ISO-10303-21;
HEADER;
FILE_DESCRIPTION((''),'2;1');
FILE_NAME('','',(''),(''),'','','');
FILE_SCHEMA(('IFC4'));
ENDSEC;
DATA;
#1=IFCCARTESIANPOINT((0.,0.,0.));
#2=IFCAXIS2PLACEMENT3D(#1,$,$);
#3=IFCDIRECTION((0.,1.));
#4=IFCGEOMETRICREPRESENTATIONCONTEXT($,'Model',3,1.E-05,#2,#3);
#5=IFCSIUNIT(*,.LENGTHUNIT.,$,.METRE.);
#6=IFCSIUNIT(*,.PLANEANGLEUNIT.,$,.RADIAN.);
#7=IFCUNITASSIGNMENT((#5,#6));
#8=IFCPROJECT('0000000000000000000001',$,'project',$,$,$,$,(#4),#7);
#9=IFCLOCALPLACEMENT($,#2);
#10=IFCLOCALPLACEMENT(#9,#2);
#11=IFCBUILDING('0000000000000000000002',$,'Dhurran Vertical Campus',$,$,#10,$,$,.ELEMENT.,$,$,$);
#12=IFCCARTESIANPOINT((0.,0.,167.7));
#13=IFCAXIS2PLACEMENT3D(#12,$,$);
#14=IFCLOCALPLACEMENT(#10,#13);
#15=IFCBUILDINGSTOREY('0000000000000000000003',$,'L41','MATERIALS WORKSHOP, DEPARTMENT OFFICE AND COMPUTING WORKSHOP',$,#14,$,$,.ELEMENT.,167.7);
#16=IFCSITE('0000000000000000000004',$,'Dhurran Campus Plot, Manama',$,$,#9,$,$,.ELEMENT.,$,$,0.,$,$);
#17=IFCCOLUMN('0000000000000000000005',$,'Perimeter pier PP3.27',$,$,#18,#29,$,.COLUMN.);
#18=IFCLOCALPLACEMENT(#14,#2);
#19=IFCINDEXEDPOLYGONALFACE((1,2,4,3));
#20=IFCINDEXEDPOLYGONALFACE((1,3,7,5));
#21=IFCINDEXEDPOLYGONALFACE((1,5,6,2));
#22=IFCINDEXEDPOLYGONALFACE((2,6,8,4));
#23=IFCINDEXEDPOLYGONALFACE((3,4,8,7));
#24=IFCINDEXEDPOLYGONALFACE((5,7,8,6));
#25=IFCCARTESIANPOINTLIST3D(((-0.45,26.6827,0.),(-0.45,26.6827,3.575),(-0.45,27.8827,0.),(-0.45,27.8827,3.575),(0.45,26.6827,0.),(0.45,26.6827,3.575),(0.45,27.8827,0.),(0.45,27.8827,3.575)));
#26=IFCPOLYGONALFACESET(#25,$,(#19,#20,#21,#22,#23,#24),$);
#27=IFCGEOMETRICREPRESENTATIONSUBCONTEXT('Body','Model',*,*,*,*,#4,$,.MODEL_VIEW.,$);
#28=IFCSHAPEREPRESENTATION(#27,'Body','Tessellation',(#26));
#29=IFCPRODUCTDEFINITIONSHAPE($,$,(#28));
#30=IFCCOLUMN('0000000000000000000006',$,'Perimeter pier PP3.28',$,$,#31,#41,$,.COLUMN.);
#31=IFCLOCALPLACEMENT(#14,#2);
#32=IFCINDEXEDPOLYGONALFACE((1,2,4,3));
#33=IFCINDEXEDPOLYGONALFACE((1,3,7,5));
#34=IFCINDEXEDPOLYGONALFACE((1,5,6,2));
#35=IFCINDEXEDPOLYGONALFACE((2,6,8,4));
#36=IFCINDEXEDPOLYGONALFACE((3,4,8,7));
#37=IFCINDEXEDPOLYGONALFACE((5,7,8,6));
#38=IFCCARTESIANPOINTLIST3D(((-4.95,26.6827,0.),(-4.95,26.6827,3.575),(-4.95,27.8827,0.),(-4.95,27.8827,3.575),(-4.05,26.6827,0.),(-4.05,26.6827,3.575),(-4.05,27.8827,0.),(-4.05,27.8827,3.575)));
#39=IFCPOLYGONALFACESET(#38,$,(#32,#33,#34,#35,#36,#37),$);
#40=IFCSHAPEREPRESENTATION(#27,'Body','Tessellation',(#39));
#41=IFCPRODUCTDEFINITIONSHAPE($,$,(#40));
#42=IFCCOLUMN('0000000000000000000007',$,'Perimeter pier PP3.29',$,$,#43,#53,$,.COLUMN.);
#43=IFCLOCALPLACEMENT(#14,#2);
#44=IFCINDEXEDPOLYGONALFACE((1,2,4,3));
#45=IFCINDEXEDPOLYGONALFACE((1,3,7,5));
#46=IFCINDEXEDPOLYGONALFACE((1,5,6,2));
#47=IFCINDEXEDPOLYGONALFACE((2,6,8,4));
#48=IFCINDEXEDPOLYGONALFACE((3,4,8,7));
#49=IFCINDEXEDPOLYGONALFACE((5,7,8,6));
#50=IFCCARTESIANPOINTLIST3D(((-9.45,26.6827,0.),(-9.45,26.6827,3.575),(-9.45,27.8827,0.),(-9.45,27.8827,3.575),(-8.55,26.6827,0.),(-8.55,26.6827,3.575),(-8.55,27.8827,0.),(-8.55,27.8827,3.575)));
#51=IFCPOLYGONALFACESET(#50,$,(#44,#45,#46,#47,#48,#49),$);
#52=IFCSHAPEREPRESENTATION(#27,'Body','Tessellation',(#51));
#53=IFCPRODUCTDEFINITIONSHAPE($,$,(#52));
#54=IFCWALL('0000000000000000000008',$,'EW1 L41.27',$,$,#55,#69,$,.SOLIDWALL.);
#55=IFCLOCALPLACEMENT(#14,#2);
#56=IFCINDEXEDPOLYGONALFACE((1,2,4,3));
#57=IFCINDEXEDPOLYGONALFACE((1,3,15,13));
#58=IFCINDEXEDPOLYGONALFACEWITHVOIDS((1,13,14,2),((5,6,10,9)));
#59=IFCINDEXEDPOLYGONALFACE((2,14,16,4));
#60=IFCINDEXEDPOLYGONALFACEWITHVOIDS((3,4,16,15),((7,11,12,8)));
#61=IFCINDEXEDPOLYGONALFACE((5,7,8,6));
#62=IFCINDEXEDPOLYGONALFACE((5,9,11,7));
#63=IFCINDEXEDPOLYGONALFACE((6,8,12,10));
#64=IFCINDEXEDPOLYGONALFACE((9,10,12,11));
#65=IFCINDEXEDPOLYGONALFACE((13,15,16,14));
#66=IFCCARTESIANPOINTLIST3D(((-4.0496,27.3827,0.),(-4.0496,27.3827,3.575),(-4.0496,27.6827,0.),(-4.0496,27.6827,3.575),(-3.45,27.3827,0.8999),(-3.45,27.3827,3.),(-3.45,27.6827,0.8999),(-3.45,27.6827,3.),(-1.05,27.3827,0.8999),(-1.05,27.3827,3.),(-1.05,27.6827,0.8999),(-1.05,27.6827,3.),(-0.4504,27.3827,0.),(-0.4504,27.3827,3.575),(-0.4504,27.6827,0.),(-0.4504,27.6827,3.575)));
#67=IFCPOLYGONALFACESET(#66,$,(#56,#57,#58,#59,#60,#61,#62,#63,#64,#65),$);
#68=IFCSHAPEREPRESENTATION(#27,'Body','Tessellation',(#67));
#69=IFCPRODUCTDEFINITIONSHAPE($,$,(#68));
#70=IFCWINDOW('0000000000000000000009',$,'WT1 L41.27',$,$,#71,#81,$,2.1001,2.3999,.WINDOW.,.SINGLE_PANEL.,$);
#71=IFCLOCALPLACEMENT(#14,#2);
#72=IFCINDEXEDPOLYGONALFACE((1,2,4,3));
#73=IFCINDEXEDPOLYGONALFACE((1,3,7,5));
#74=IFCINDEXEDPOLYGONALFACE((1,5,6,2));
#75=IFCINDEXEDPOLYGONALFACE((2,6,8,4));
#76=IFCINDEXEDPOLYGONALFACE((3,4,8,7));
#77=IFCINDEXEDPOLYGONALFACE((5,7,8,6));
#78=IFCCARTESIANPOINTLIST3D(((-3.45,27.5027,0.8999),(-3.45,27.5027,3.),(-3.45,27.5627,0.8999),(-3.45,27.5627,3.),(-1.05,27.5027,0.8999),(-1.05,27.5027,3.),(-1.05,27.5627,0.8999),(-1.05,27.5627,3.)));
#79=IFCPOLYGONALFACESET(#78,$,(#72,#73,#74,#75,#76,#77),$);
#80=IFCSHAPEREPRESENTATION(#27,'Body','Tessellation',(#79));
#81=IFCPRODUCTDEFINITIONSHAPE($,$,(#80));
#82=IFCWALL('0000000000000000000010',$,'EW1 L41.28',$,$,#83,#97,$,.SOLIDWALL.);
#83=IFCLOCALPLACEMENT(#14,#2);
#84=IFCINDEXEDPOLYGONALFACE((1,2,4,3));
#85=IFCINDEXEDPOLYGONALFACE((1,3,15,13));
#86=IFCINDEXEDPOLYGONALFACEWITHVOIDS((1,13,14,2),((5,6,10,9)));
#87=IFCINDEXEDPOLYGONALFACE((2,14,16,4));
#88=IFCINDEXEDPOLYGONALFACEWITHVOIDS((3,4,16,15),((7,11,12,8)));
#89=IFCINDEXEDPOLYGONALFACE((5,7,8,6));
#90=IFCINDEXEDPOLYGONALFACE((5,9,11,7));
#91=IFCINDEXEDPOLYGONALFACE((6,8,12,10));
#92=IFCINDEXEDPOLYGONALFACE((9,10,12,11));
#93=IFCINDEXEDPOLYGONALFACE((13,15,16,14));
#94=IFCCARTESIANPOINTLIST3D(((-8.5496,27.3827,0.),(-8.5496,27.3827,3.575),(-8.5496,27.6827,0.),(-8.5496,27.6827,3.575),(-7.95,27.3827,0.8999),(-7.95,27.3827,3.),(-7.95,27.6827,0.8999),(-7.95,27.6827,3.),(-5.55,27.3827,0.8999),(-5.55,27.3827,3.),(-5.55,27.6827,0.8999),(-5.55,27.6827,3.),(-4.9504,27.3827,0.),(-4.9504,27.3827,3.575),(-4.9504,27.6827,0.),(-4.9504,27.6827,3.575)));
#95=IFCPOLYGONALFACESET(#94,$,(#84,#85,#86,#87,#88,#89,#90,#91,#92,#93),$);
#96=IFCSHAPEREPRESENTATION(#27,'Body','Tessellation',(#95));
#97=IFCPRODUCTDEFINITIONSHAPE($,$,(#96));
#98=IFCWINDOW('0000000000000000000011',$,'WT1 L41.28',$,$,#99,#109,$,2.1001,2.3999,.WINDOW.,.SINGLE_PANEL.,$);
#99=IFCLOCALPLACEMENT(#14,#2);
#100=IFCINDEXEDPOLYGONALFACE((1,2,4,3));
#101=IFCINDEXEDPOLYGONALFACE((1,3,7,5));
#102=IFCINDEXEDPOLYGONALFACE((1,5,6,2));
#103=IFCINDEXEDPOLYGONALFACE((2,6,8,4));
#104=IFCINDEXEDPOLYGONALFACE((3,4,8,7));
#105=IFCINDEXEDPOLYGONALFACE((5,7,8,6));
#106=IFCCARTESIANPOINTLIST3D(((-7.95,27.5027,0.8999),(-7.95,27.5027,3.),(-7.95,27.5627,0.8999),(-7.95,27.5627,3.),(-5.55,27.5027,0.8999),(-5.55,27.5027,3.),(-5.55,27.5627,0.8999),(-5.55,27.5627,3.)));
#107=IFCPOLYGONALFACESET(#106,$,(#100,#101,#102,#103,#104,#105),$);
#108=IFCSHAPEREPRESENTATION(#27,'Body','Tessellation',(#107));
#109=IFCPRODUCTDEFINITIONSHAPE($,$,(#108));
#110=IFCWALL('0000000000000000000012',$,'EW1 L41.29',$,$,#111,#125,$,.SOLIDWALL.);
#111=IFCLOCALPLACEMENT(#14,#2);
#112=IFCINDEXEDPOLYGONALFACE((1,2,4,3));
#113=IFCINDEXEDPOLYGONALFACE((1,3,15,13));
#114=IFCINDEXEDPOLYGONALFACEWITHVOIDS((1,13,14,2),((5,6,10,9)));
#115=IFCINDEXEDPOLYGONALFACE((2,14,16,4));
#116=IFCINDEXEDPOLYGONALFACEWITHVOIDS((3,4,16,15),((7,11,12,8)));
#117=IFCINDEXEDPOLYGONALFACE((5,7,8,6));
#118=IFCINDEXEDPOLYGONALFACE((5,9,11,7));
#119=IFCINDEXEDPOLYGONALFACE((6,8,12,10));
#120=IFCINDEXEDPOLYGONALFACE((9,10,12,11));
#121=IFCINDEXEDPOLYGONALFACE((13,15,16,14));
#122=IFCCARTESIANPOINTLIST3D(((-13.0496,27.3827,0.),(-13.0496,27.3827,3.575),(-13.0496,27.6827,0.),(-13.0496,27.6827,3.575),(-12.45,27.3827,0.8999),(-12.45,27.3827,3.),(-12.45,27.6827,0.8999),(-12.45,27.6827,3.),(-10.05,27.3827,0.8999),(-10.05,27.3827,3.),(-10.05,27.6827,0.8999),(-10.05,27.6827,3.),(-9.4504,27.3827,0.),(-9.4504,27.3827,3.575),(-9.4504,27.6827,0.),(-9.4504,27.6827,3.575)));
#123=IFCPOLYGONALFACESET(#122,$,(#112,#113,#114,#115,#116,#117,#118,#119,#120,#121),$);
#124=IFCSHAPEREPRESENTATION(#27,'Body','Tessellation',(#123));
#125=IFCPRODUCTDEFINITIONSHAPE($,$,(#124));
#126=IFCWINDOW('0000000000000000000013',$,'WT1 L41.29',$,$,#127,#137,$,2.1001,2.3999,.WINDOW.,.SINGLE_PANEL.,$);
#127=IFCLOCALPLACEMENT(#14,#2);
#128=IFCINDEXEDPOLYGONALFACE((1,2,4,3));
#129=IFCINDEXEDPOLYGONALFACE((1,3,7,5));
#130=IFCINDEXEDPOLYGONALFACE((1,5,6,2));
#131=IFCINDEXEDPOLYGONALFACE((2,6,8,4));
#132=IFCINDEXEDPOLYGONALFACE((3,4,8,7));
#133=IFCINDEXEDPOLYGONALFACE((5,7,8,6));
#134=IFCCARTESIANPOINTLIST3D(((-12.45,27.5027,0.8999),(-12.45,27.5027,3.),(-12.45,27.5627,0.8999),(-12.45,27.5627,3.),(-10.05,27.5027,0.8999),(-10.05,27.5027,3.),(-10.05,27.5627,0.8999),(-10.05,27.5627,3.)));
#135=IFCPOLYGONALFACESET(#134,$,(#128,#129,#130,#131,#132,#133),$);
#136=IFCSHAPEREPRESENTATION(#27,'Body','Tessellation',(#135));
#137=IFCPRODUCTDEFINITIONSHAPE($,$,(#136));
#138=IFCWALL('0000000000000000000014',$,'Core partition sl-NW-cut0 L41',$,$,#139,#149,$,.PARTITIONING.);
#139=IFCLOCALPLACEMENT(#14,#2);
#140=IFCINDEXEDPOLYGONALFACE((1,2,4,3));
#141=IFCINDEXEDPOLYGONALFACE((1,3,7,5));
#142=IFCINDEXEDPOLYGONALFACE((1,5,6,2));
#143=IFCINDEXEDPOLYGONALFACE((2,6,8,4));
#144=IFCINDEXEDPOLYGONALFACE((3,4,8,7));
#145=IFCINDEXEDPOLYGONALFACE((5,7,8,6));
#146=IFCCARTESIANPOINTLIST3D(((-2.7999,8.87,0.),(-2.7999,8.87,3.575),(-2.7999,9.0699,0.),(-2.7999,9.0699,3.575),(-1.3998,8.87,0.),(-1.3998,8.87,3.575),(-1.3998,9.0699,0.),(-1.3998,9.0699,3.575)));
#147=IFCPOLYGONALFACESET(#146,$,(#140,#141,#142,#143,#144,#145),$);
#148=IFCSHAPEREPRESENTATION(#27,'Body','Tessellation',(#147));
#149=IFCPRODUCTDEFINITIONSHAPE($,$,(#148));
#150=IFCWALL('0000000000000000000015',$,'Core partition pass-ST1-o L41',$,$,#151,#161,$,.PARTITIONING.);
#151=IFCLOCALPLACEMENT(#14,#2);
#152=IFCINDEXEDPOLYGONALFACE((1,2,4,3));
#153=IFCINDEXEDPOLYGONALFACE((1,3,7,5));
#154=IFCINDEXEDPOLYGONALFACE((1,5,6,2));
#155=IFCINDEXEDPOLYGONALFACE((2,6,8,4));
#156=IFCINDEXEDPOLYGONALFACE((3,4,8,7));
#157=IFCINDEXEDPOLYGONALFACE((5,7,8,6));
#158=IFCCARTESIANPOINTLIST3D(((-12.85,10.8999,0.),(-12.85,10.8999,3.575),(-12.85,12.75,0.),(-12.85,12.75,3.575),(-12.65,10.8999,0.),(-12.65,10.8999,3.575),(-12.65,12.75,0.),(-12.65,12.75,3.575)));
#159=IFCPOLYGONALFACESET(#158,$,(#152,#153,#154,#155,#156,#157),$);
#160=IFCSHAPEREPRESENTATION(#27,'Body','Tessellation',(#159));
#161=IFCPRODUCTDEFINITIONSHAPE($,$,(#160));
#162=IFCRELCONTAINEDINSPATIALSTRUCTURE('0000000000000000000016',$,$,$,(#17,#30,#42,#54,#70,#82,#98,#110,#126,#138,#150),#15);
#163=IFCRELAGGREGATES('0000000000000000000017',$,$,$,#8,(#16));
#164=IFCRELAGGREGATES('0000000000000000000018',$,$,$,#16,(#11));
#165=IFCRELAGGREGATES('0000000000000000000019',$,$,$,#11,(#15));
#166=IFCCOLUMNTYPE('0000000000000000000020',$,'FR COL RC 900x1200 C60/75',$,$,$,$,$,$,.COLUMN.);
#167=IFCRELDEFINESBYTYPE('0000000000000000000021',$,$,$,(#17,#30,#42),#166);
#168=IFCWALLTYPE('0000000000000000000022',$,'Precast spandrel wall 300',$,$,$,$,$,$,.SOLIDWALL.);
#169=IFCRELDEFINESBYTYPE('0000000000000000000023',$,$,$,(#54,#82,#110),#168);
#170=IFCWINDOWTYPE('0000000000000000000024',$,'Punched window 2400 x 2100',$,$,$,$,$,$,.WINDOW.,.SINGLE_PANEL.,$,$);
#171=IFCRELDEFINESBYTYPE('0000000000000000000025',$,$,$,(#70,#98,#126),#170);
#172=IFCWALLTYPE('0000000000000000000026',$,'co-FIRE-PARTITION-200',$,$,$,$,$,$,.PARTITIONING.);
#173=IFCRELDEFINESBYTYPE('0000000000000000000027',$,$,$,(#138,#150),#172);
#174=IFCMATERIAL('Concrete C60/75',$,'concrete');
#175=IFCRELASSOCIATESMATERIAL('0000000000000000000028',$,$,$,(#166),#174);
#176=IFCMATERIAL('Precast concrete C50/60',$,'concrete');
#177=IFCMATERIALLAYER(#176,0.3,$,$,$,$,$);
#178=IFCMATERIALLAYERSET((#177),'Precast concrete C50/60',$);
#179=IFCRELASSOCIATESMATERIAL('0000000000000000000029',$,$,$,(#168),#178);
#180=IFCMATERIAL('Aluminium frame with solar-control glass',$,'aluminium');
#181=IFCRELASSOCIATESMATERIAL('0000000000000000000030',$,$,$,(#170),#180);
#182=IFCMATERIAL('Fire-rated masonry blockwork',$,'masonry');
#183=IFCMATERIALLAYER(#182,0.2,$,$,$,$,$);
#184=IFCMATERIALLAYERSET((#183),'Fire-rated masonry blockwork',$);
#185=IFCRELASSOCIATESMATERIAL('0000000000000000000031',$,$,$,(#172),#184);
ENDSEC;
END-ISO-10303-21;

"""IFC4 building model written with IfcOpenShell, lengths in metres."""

from ifc_helpers import new_model, si_unit, direction, frame, frame_2d, origin, origin_2d, place, context, subcontext, project, spatial, rectangle, extrude, material, layer, layer_set, material_profile, profile_set, type_object, element, fill, save


model = new_model("IFC4")

# Units and contexts
model_context = context("Model", 3, precision=1e-05, world=origin(), true_north=direction((0.0, 1.0)))
body_context = subcontext(model_context, "Body", "Model", "MODEL_VIEW")
ifc_project = project(units=[si_unit("LENGTHUNIT", "METRE"), si_unit("PLANEANGLEUNIT", "RADIAN")], contexts=[model_context])

# Site, building, storey
site_placement = place(None, origin())
site = spatial("IfcSite", under=ifc_project, at=site_placement, Name="Dhurran Campus Plot, Manama", CompositionType="ELEMENT", RefElevation=0.0)
building_placement = place(site_placement, origin())
building = spatial("IfcBuilding", under=site, at=building_placement, Name="Dhurran Vertical Campus", CompositionType="ELEMENT")
storey_placement = place(building_placement, frame((0.0, 0.0, 167.7)))
storey = spatial("IfcBuildingStorey", under=building, at=storey_placement, Name="L41", Description="MATERIALS WORKSHOP, DEPARTMENT OFFICE AND COMPUTING WORKSHOP", CompositionType="ELEMENT", Elevation=167.7)

# Columns
ifc_material_1 = material(Name="Concrete C60/75", Category="concrete")
ifc_material_profile = material_profile(ifc_material_1, rectangle(XDim=0.8999, YDim=1.2, at=origin_2d()), Name="RC 900x1200")
ifc_profile_set = profile_set([ifc_material_profile], Name="Concrete C60/75")
column_type = type_object("IfcColumnType", Name="FR COL RC 900x1200 C60/75", PredefinedType="COLUMN", material=ifc_profile_set)
for number, where, z_axis, x_axis, name in (
    (1, (0.0, 27.2827, 0.0), (0.0, 0.0, 1.0), (-1.0, 0.0, 0.0), "Perimeter pier PP3.27"),
    (2, (-4.5, 27.2827, 0.0), (0.0, 0.0, 1.0), (-1.0, 0.0, 0.0), "Perimeter pier PP3.28"),
    (3, (-9.0, 27.2827, 0.0), (0.0, 0.0, 1.0), (-1.0, 0.0, 0.0), "Perimeter pier PP3.29"),
):
    element("IfcColumn", number, at=place(storey_placement, frame(where, z_axis=z_axis, x_axis=x_axis)), inside=storey, type_object=column_type, Name=name, PredefinedType="COLUMN", context=body_context, shape_type="SweptSolid", body=[
        extrude(rectangle(XDim=0.8999, YDim=1.2, at=origin_2d()), origin(), (0.0, 0.0, 1.0), 3.575),
    ])

# Walls, openings, windows
ifc_material_2 = material(Name="Precast concrete C50/60", Category="concrete")
ifc_layer_1 = layer(ifc_material_2, 0.3)
ifc_layer_set_1 = layer_set([ifc_layer_1], Name="Precast concrete C50/60")
wall_type_1 = type_object("IfcWallType", Name="Precast spandrel wall 300", PredefinedType="SOLIDWALL", material=ifc_layer_set_1)
wall_1_placement = place(storey_placement, frame((-0.4504, 27.5327, 0.0), z_axis=(0.0, 0.0, 1.0), x_axis=(-1.0, 0.0, 0.0)))
wall_1 = element("IfcWall", 4, at=wall_1_placement, inside=storey, type_object=wall_type_1, Name="EW1 L41.27", PredefinedType="SOLIDWALL", context=body_context, shape_type="SweptSolid", body=[
    extrude(rectangle(XDim=3.5991, YDim=0.3, at=frame_2d((1.7996, 0.0))), origin(), (0.0, 0.0, 1.0), 3.575),
])
opening_1_placement = place(wall_1_placement, frame((0.5996, 0.0, 0.8999)))
opening_1 = element("IfcOpeningElement", 5, at=opening_1_placement, cuts=wall_1, PredefinedType="OPENING", context=body_context, shape_type="SweptSolid", body=[
    extrude(rectangle(XDim=2.3999, YDim=2.1001, at=frame_2d((1.2, 1.05))), frame((0.0, 0.1599, 0.0), z_axis=(0.0, -1.0, 0.0), x_axis=(1.0, 0.0, 0.0)), (0.0, 0.0, 1.0), 0.3201),
])
ifc_material_3 = material(Name="Aluminium frame with solar-control glass", Category="aluminium")
window_type = type_object("IfcWindowType", Name="Punched window 2400 x 2100", PartitioningType="SINGLE_PANEL", PredefinedType="WINDOW", material=ifc_material_3)
window_1_placement = place(opening_1_placement, origin())
window_1 = element("IfcWindow", 6, at=window_1_placement, inside=storey, type_object=window_type, Name="WT1 L41.27", OverallHeight=2.1001, OverallWidth=2.3999, PartitioningType="SINGLE_PANEL", PredefinedType="WINDOW", context=body_context, shape_type="SweptSolid", body=[
    extrude(rectangle(XDim=2.3999, YDim=2.1001, at=frame_2d((1.2, 1.05))), frame((0.0, 0.03, 0.0), z_axis=(0.0, -1.0, 0.0), x_axis=(1.0, 0.0, 0.0)), (0.0, 0.0, 1.0), 0.0601),
])
fill(opening_1, window_1)
wall_2_placement = place(storey_placement, frame((-4.9504, 27.5327, 0.0), z_axis=(0.0, 0.0, 1.0), x_axis=(-1.0, 0.0, 0.0)))
wall_2 = element("IfcWall", 7, at=wall_2_placement, inside=storey, type_object=wall_type_1, Name="EW1 L41.28", PredefinedType="SOLIDWALL", context=body_context, shape_type="SweptSolid", body=[
    extrude(rectangle(XDim=3.5991, YDim=0.3, at=frame_2d((1.7996, 0.0))), origin(), (0.0, 0.0, 1.0), 3.575),
])
opening_2_placement = place(wall_2_placement, frame((0.5996, 0.0, 0.8999)))
opening_2 = element("IfcOpeningElement", 8, at=opening_2_placement, cuts=wall_2, PredefinedType="OPENING", context=body_context, shape_type="SweptSolid", body=[
    extrude(rectangle(XDim=2.3999, YDim=2.1001, at=frame_2d((1.2, 1.05))), frame((0.0, 0.1599, 0.0), z_axis=(0.0, -1.0, 0.0), x_axis=(1.0, 0.0, 0.0)), (0.0, 0.0, 1.0), 0.3201),
])
window_2_placement = place(opening_2_placement, origin())
window_2 = element("IfcWindow", 9, at=window_2_placement, inside=storey, type_object=window_type, Name="WT1 L41.28", OverallHeight=2.1001, OverallWidth=2.3999, PartitioningType="SINGLE_PANEL", PredefinedType="WINDOW", context=body_context, shape_type="SweptSolid", body=[
    extrude(rectangle(XDim=2.3999, YDim=2.1001, at=frame_2d((1.2, 1.05))), frame((0.0, 0.03, 0.0), z_axis=(0.0, -1.0, 0.0), x_axis=(1.0, 0.0, 0.0)), (0.0, 0.0, 1.0), 0.0601),
])
fill(opening_2, window_2)
wall_3_placement = place(storey_placement, frame((-9.4504, 27.5327, 0.0), z_axis=(0.0, 0.0, 1.0), x_axis=(-1.0, 0.0, 0.0)))
wall_3 = element("IfcWall", 10, at=wall_3_placement, inside=storey, type_object=wall_type_1, Name="EW1 L41.29", PredefinedType="SOLIDWALL", context=body_context, shape_type="SweptSolid", body=[
    extrude(rectangle(XDim=3.5991, YDim=0.3, at=frame_2d((1.7996, 0.0))), origin(), (0.0, 0.0, 1.0), 3.575),
])
opening_3_placement = place(wall_3_placement, frame((0.5996, 0.0, 0.8999)))
opening_3 = element("IfcOpeningElement", 11, at=opening_3_placement, cuts=wall_3, PredefinedType="OPENING", context=body_context, shape_type="SweptSolid", body=[
    extrude(rectangle(XDim=2.3999, YDim=2.1001, at=frame_2d((1.2, 1.05))), frame((0.0, 0.1599, 0.0), z_axis=(0.0, -1.0, 0.0), x_axis=(1.0, 0.0, 0.0)), (0.0, 0.0, 1.0), 0.3201),
])
window_3_placement = place(opening_3_placement, origin())
window_3 = element("IfcWindow", 12, at=window_3_placement, inside=storey, type_object=window_type, Name="WT1 L41.29", OverallHeight=2.1001, OverallWidth=2.3999, PartitioningType="SINGLE_PANEL", PredefinedType="WINDOW", context=body_context, shape_type="SweptSolid", body=[
    extrude(rectangle(XDim=2.3999, YDim=2.1001, at=frame_2d((1.2, 1.05))), frame((0.0, 0.03, 0.0), z_axis=(0.0, -1.0, 0.0), x_axis=(1.0, 0.0, 0.0)), (0.0, 0.0, 1.0), 0.0601),
])
fill(opening_3, window_3)

# Walls
ifc_material_4 = material(Name="Fire-rated masonry blockwork", Category="masonry")
ifc_layer_2 = layer(ifc_material_4, 0.2)
ifc_layer_set_2 = layer_set([ifc_layer_2], Name="Fire-rated masonry blockwork")
wall_type_2 = type_object("IfcWallType", Name="co-FIRE-PARTITION-200", PredefinedType="PARTITIONING", material=ifc_layer_set_2)
wall_4_placement = place(storey_placement, frame((-2.8, 8.97, 0.0), z_axis=(0.0, 0.0, 1.0), x_axis=(1.0, 0.0, 0.0)))
element("IfcWall", 13, at=wall_4_placement, inside=storey, type_object=wall_type_2, Name="Core partition sl-NW-cut0 L41", PredefinedType="PARTITIONING", context=body_context, shape_type="SweptSolid", body=[
    extrude(rectangle(XDim=1.4001, YDim=0.2, at=frame_2d((0.7002, 0.0))), origin(), (0.0, 0.0, 1.0), 3.575),
])
wall_5_placement = place(storey_placement, frame((-12.75, 10.8999, 0.0), z_axis=(0.0, 0.0, 1.0), x_axis=(0.0, 1.0, 0.0)))
element("IfcWall", 14, at=wall_5_placement, inside=storey, type_object=wall_type_2, Name="Core partition pass-ST1-o L41", PredefinedType="PARTITIONING", context=body_context, shape_type="SweptSolid", body=[
    extrude(rectangle(XDim=1.8501, YDim=0.2, at=frame_2d((0.925, 0.0))), origin(), (0.0, 0.0, 1.0), 3.575),
])

save(model, "model.ifc")
